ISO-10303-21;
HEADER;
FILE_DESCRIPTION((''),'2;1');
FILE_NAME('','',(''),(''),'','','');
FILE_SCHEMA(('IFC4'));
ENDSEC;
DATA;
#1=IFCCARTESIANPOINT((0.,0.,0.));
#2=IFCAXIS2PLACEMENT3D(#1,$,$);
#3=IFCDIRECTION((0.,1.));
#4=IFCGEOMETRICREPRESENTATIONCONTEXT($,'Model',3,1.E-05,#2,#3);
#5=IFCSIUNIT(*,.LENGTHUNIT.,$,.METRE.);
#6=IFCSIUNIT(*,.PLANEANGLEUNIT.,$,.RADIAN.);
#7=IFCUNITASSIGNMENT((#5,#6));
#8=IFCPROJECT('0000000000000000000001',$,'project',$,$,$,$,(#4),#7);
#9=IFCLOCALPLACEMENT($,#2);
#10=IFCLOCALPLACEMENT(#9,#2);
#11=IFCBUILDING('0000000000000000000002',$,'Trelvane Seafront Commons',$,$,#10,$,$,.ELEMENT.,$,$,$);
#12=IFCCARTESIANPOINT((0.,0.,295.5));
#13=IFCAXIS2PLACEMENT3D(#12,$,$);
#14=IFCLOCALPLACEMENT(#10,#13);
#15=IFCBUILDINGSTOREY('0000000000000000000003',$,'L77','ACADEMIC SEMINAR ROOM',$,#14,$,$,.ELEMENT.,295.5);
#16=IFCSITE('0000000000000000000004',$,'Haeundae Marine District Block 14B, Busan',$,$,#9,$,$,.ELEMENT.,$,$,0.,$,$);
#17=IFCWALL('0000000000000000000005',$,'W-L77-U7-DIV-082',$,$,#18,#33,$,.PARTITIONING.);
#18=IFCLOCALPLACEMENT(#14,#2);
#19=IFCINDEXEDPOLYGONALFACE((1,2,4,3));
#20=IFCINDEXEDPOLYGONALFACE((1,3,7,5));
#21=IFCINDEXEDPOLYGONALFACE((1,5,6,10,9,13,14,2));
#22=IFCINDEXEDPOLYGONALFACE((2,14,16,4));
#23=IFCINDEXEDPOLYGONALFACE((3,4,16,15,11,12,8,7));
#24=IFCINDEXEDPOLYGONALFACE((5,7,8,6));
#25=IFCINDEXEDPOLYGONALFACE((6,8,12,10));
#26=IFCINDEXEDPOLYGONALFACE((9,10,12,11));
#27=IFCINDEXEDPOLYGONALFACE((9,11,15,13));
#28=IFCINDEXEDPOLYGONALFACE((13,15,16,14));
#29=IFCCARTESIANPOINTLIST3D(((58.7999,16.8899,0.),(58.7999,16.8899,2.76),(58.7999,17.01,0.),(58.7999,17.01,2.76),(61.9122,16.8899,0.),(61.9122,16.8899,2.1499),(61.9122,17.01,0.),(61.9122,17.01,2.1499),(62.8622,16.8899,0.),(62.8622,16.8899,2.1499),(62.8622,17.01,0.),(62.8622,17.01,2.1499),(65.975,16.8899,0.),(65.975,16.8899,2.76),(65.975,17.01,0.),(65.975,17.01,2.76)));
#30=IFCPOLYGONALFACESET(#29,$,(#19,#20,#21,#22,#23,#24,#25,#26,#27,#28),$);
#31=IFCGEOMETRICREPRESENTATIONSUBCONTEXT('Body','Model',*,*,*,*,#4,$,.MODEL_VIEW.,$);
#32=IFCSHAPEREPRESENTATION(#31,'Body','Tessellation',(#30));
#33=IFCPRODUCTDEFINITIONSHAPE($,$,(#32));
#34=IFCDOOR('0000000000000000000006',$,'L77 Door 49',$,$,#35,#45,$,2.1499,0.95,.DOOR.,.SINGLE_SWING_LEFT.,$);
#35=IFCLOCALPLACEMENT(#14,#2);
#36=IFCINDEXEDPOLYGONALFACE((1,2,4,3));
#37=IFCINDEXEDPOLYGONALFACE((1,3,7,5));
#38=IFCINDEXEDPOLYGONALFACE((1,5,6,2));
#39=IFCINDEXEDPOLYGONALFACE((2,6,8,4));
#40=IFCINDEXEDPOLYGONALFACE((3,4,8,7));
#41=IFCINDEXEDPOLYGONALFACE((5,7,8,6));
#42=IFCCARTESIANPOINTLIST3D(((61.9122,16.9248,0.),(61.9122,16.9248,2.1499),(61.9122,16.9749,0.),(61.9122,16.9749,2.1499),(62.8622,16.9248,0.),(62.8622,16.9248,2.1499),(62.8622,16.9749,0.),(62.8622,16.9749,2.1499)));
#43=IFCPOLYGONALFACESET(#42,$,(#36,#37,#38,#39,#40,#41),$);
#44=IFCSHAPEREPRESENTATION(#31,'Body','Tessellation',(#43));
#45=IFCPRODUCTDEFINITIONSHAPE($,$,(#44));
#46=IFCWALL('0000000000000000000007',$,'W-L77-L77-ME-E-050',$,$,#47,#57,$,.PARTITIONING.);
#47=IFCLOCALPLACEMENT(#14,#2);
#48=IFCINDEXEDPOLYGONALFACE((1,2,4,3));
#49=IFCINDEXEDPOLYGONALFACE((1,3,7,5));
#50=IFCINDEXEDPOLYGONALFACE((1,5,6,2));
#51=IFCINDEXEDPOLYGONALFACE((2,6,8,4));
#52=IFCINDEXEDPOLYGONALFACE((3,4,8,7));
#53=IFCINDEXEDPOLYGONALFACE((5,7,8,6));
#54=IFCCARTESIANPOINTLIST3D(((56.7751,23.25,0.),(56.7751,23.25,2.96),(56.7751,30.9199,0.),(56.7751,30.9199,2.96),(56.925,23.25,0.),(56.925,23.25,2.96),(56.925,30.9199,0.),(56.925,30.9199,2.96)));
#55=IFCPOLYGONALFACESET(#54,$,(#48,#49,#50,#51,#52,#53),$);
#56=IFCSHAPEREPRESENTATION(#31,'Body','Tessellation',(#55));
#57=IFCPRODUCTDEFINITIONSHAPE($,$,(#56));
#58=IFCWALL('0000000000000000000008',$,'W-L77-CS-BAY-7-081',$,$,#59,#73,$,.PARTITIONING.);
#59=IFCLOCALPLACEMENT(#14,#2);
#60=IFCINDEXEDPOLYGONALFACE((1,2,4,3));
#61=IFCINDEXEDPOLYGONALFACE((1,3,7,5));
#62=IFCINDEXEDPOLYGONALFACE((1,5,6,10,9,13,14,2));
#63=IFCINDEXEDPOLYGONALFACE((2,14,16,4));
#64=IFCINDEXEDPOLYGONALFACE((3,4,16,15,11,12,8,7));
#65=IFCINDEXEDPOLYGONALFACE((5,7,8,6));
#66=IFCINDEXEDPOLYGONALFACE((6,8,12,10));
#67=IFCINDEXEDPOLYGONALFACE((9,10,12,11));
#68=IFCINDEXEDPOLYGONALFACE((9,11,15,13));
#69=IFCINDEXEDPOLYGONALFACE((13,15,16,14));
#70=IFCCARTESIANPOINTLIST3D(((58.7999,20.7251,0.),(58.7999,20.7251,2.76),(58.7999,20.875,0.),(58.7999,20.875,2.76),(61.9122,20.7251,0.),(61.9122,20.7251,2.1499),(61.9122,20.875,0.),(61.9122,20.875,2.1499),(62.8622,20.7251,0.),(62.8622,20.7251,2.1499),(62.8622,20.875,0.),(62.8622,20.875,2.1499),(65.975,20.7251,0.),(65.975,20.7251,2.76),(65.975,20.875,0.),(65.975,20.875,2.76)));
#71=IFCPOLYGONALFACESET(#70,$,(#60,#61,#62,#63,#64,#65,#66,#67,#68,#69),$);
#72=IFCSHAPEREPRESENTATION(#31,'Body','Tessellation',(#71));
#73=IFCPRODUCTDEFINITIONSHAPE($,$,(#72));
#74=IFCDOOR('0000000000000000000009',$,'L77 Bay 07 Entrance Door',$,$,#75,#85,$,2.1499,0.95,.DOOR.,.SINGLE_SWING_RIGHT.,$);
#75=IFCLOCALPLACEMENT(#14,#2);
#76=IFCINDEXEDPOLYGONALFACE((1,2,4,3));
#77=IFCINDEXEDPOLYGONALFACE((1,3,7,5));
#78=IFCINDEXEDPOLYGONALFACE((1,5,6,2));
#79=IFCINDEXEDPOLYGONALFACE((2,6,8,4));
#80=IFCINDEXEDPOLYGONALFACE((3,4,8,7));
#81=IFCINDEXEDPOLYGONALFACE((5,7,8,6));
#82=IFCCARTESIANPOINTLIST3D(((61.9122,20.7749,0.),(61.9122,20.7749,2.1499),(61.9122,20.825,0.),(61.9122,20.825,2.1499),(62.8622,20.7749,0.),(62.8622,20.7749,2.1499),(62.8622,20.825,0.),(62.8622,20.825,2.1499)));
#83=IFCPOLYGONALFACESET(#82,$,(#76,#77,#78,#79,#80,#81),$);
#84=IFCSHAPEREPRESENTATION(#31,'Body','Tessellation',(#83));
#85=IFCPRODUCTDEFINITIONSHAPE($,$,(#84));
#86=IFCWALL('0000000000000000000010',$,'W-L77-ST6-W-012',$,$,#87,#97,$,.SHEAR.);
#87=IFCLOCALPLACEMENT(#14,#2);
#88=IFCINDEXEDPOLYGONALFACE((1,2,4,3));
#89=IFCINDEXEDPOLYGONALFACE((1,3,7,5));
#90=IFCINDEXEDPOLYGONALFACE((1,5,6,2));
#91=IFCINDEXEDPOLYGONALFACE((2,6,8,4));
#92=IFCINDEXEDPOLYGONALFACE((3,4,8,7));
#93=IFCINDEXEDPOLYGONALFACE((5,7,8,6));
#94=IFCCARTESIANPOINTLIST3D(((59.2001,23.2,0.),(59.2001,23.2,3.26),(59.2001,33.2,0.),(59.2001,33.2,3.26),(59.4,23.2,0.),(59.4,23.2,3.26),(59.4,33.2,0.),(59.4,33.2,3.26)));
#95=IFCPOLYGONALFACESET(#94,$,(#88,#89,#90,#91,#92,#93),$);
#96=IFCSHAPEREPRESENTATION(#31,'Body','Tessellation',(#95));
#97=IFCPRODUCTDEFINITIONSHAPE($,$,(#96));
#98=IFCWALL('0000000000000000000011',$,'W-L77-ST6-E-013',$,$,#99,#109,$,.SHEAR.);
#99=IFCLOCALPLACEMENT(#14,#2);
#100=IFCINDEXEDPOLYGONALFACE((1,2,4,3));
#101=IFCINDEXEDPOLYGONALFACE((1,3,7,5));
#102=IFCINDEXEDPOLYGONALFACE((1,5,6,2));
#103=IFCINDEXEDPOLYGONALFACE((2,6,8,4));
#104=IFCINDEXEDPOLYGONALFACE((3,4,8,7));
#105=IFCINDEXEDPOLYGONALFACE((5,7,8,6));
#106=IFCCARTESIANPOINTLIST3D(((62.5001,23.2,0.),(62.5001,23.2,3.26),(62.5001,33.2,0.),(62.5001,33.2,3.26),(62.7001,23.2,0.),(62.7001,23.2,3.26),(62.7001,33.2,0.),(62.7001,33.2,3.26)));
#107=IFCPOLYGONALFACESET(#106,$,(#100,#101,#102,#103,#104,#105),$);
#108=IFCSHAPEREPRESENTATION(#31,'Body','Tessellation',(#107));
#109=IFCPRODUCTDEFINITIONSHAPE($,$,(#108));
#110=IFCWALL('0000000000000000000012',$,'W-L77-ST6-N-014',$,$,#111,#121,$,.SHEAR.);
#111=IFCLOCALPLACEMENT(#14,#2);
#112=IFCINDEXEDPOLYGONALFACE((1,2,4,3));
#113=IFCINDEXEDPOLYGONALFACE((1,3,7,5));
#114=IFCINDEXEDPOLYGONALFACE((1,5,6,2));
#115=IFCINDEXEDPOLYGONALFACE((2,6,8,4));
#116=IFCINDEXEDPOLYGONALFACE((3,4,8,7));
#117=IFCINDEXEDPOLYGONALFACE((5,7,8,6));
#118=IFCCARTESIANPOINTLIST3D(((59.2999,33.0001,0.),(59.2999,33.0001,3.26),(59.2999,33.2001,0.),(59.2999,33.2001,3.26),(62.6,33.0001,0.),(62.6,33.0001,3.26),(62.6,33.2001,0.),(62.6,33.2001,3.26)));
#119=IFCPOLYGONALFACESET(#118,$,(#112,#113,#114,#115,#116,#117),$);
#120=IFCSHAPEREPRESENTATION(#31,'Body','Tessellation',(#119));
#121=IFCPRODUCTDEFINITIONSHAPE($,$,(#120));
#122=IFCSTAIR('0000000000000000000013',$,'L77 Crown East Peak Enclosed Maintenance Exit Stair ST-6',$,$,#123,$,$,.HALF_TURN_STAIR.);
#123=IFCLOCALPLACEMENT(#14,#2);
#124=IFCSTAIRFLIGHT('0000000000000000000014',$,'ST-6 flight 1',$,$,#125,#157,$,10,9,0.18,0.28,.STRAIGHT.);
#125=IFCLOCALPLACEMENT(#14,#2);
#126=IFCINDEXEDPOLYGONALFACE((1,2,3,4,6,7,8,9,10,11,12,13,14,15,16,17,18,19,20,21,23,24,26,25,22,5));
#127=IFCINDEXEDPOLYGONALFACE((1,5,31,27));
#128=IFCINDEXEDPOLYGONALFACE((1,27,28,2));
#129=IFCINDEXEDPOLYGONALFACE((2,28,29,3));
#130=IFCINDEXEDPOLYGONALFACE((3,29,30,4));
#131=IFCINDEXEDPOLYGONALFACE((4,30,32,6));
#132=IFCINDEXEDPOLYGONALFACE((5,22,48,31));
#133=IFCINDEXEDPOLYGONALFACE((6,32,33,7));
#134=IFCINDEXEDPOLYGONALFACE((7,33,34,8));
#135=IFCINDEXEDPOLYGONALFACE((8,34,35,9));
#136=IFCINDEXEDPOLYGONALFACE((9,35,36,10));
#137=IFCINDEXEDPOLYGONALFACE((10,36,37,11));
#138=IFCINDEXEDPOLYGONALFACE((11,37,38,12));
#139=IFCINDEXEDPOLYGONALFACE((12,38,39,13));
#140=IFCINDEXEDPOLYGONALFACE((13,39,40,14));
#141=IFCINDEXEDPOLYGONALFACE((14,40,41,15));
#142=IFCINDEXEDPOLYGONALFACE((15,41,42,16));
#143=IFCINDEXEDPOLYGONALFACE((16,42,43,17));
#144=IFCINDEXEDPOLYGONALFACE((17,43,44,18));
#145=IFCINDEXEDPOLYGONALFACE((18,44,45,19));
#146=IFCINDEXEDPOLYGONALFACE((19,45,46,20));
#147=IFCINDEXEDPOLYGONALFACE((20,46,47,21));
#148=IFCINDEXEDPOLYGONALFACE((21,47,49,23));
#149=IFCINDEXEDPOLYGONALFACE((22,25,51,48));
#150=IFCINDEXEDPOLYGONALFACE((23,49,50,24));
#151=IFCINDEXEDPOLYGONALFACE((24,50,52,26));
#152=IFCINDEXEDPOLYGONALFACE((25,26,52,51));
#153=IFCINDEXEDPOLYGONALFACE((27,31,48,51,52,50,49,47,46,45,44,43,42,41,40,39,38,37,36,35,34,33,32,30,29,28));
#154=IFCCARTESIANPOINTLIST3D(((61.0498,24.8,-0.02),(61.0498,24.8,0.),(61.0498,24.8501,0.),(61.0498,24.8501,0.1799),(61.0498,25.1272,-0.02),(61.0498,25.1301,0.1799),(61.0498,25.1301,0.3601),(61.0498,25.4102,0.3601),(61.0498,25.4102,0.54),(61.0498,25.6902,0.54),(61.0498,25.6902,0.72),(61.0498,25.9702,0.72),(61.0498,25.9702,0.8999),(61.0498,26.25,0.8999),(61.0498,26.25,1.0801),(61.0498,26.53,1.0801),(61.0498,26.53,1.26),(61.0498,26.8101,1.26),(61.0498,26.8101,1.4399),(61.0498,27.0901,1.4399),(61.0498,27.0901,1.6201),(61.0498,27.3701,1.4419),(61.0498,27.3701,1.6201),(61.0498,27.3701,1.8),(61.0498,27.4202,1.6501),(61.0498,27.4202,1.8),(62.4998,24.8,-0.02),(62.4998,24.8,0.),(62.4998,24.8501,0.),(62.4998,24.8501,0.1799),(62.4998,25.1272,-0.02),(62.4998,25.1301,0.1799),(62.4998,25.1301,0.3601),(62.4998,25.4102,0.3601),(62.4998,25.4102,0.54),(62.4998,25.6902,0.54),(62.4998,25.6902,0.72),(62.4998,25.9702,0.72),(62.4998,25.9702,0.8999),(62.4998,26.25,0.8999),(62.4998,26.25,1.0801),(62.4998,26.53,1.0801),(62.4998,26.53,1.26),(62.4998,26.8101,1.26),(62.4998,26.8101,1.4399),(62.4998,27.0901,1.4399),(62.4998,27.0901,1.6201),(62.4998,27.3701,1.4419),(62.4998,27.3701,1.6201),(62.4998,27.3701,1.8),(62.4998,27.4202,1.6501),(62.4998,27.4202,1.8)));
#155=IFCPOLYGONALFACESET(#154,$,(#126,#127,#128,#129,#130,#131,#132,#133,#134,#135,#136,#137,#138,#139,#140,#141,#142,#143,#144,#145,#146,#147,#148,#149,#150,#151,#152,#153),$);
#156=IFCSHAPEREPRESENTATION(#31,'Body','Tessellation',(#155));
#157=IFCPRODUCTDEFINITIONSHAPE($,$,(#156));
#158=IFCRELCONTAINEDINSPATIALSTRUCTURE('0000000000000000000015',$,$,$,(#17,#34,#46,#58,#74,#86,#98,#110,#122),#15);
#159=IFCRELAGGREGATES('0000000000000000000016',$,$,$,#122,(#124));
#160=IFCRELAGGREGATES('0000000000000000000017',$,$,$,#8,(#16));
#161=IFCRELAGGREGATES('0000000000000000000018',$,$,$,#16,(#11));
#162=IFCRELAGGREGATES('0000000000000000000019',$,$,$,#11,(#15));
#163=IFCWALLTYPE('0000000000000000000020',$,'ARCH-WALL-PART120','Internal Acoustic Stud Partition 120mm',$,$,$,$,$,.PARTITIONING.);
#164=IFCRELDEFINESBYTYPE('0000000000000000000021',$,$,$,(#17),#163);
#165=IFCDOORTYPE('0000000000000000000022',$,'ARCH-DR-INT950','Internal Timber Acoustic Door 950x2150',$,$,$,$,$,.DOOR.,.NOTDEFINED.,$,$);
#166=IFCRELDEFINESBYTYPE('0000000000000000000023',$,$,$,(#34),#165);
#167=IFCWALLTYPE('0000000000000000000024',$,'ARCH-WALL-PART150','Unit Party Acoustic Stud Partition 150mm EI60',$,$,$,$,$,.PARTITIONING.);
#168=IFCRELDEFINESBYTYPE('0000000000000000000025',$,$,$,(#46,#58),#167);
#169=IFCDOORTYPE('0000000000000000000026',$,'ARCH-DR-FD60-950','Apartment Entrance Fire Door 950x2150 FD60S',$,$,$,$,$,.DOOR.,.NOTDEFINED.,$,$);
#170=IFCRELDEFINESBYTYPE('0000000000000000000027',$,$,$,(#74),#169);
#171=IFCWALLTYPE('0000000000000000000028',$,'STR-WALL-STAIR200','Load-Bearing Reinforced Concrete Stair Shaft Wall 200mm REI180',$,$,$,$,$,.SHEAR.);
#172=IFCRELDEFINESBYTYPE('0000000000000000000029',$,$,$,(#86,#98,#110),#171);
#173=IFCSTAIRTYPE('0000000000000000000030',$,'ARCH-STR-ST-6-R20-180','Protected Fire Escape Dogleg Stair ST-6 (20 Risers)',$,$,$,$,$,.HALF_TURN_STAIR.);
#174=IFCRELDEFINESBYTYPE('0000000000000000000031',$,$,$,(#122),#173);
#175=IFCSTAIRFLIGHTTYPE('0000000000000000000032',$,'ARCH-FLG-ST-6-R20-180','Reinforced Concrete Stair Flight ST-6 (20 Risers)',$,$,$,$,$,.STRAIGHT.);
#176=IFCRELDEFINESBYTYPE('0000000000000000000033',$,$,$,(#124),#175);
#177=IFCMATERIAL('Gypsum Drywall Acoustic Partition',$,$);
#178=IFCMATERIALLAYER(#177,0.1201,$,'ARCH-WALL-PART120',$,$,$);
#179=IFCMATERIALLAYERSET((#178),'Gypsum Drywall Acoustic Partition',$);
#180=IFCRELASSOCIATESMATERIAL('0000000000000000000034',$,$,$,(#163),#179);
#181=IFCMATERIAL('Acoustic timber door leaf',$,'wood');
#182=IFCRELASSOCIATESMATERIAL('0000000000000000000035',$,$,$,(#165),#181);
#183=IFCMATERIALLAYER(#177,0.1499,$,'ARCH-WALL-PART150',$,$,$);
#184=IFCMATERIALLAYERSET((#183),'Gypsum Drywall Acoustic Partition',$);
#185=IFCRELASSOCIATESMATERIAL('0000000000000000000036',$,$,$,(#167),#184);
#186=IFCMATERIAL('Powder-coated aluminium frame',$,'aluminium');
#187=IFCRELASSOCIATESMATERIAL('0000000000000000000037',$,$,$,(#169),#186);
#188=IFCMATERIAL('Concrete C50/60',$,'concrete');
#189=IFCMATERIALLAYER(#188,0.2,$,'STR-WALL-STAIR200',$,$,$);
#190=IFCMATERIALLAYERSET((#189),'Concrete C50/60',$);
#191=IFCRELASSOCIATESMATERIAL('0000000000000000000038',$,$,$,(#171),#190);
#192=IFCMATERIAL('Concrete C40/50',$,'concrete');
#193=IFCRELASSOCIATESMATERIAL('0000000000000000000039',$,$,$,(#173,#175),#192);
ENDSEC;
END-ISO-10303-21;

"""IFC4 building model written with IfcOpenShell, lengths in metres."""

from ifc_helpers import new_model, si_unit, direction, frame, frame_2d, origin, place, context, subcontext, project, spatial, polyline, rectangle, outline, extrude, source, transform, mapped, material, layer, layer_set, type_object, element, fill, aggregate, save


model = new_model("IFC4")

# Units and contexts
model_context = context("Model", 3, precision=1e-05, world=origin(), true_north=direction((0.0, 1.0)))
body_context = subcontext(model_context, "Body", "Model", "MODEL_VIEW")
ifc_project = project(units=[si_unit("LENGTHUNIT", "METRE"), si_unit("PLANEANGLEUNIT", "RADIAN")], contexts=[model_context])

# Site, building, storey
site_placement = place(None, origin())
site = spatial("IfcSite", under=ifc_project, at=site_placement, Name="Haeundae Marine District Block 14B, Busan", CompositionType="ELEMENT", RefElevation=0.0)
building_placement = place(site_placement, origin())
building = spatial("IfcBuilding", under=site, at=building_placement, Name="Trelvane Seafront Commons", CompositionType="ELEMENT")
storey_placement = place(building_placement, frame((0.0, 0.0, 295.5)))
storey = spatial("IfcBuildingStorey", under=building, at=storey_placement, Name="L77", Description="ACADEMIC SEMINAR ROOM", CompositionType="ELEMENT", Elevation=295.5)

# Shared definitions
ifc_material_1 = material(Name="Concrete C50/60", Category="concrete")

# Wall, opening, door
ifc_material_2 = material(Name="Gypsum Drywall Acoustic Partition")
ifc_layer_1 = layer(ifc_material_2, 0.1201, Name="ARCH-WALL-PART120")
ifc_layer_set_1 = layer_set([ifc_layer_1], Name="Gypsum Drywall Acoustic Partition")
wall_type_1 = type_object("IfcWallType", Name="ARCH-WALL-PART120", Description="Internal Acoustic Stud Partition 120mm", PredefinedType="PARTITIONING", material=ifc_layer_set_1)
wall_1_placement = place(storey_placement, frame((58.8, 16.95, 0.0), z_axis=(0.0, 0.0, 1.0), x_axis=(1.0, 0.0, 0.0)))
wall_1 = element("IfcWall", 1, at=wall_1_placement, inside=storey, type_object=wall_type_1, Name="W-L77-U7-DIV-082", PredefinedType="PARTITIONING", context=body_context, shape_type="SweptSolid", body=[
    extrude(rectangle(XDim=7.175, YDim=0.1201, at=frame_2d((3.5874, 0.0))), origin(), (0.0, 0.0, 1.0), 2.76),
])
opening_1_placement = place(wall_1_placement, frame((3.1121, 0.0, 0.0)))
opening_1 = element("IfcOpeningElement", 2, at=opening_1_placement, cuts=wall_1, PredefinedType="OPENING", context=body_context, shape_type="SweptSolid", body=[
    extrude(rectangle(XDim=0.95, YDim=2.1499, at=frame_2d((0.4751, 1.075))), frame((0.0, 0.0701, 0.0), z_axis=(0.0, -1.0, 0.0), x_axis=(1.0, 0.0, 0.0)), (0.0, 0.0, 1.0), 0.1401),
])
ifc_material_3 = material(Name="Acoustic timber door leaf", Category="wood")
door_type_1 = type_object("IfcDoorType", Name="ARCH-DR-INT950", Description="Internal Timber Acoustic Door 950x2150", OperationType="NOTDEFINED", PredefinedType="DOOR", material=ifc_material_3)
shared_shape_1 = source(origin(), body_context, "Body", "SweptSolid", [
    extrude(rectangle(XDim=0.95, YDim=2.1499, at=frame_2d((0.4751, 1.075))), frame((0.0, 0.0249, 0.0), z_axis=(0.0, -1.0, 0.0), x_axis=(1.0, 0.0, 0.0)), (0.0, 0.0, 1.0), 0.05),
])
door_1_placement = place(opening_1_placement, origin())
door_1 = element("IfcDoor", 3, at=door_1_placement, inside=storey, type_object=door_type_1, Name="L77 Door 49", OperationType="SINGLE_SWING_LEFT", OverallHeight=2.1499, OverallWidth=0.95, PredefinedType="DOOR", context=body_context, shape_type="MappedRepresentation", body=[
    mapped(shared_shape_1, transform((0.0, 0.0, 0.0), x_axis=(1.0, 0.0, 0.0), y_axis=(0.0, 1.0, 0.0), z_axis=(0.0, 0.0, 1.0), scale=1.0)),
])
fill(opening_1, door_1)

# Wall
ifc_layer_2 = layer(ifc_material_2, 0.1499, Name="ARCH-WALL-PART150")
ifc_layer_set_2 = layer_set([ifc_layer_2], Name="Gypsum Drywall Acoustic Partition")
wall_type_2 = type_object("IfcWallType", Name="ARCH-WALL-PART150", Description="Unit Party Acoustic Stud Partition 150mm EI60", PredefinedType="PARTITIONING", material=ifc_layer_set_2)
wall_2_placement = place(storey_placement, frame((56.8501, 23.25, 0.0), z_axis=(0.0, 0.0, 1.0), x_axis=(0.0, 1.0, 0.0)))
element("IfcWall", 4, at=wall_2_placement, inside=storey, type_object=wall_type_2, Name="W-L77-L77-ME-E-050", PredefinedType="PARTITIONING", context=body_context, shape_type="SweptSolid", body=[
    extrude(rectangle(XDim=7.6699, YDim=0.1499, at=frame_2d((3.835, 0.0))), origin(), (0.0, 0.0, 1.0), 2.96),
])

# Wall, opening, door
wall_3_placement = place(storey_placement, frame((58.8, 20.8, 0.0), z_axis=(0.0, 0.0, 1.0), x_axis=(1.0, 0.0, 0.0)))
wall_3 = element("IfcWall", 5, at=wall_3_placement, inside=storey, type_object=wall_type_2, Name="W-L77-CS-BAY-7-081", PredefinedType="PARTITIONING", context=body_context, shape_type="SweptSolid", body=[
    extrude(rectangle(XDim=7.175, YDim=0.1499, at=frame_2d((3.5874, 0.0))), origin(), (0.0, 0.0, 1.0), 2.76),
])
opening_2_placement = place(wall_3_placement, frame((3.1121, 0.0, 0.0)))
opening_2 = element("IfcOpeningElement", 6, at=opening_2_placement, cuts=wall_3, PredefinedType="OPENING", context=body_context, shape_type="SweptSolid", body=[
    extrude(rectangle(XDim=0.95, YDim=2.1499, at=frame_2d((0.4751, 1.075))), frame((0.0, 0.085, 0.0), z_axis=(0.0, -1.0, 0.0), x_axis=(1.0, 0.0, 0.0)), (0.0, 0.0, 1.0), 0.1699),
])
ifc_material_4 = material(Name="Powder-coated aluminium frame", Category="aluminium")
door_type_2 = type_object("IfcDoorType", Name="ARCH-DR-FD60-950", Description="Apartment Entrance Fire Door 950x2150 FD60S", OperationType="NOTDEFINED", PredefinedType="DOOR", material=ifc_material_4)
door_2_placement = place(opening_2_placement, origin())
door_2 = element("IfcDoor", 7, at=door_2_placement, inside=storey, type_object=door_type_2, Name="L77 Bay 07 Entrance Door", OperationType="SINGLE_SWING_RIGHT", OverallHeight=2.1499, OverallWidth=0.95, PredefinedType="DOOR", context=body_context, shape_type="MappedRepresentation", body=[
    mapped(shared_shape_1, transform((0.0, 0.0, 0.0), x_axis=(1.0, 0.0, 0.0), y_axis=(0.0, 1.0, 0.0), z_axis=(0.0, 0.0, 1.0), scale=1.0)),
])
fill(opening_2, door_2)

# Walls
ifc_layer_3 = layer(ifc_material_1, 0.2, Name="STR-WALL-STAIR200")
ifc_layer_set_3 = layer_set([ifc_layer_3], Name="Concrete C50/60")
wall_type_3 = type_object("IfcWallType", Name="STR-WALL-STAIR200", Description="Load-Bearing Reinforced Concrete Stair Shaft Wall 200mm REI180", PredefinedType="SHEAR", material=ifc_layer_set_3)
for number, where, z_axis, x_axis, name in (
    (8, (59.3, 23.2, 0.0), (0.0, 0.0, 1.0), (0.0, 1.0, 0.0), "W-L77-ST6-W-012"),
    (9, (62.6001, 23.2, 0.0), (0.0, 0.0, 1.0), (0.0, 1.0, 0.0), "W-L77-ST6-E-013"),
):
    element("IfcWall", number, at=place(storey_placement, frame(where, z_axis=z_axis, x_axis=x_axis)), inside=storey, type_object=wall_type_3, Name=name, PredefinedType="SHEAR", context=body_context, shape_type="SweptSolid", body=[
        extrude(rectangle(XDim=10.0, YDim=0.2, at=frame_2d((5.0, 0.0))), origin(), (0.0, 0.0, 1.0), 3.26),
    ])
wall_4_placement = place(storey_placement, frame((59.3, 33.1001, 0.0), z_axis=(0.0, 0.0, 1.0), x_axis=(1.0, 0.0, 0.0)))
element("IfcWall", 10, at=wall_4_placement, inside=storey, type_object=wall_type_3, Name="W-L77-ST6-N-014", PredefinedType="SHEAR", context=body_context, shape_type="SweptSolid", body=[
    extrude(rectangle(XDim=3.3, YDim=0.2, at=frame_2d((1.6499, 0.0))), origin(), (0.0, 0.0, 1.0), 3.26),
])

# Stair, stair flight
ifc_material_5 = material(Name="Concrete C40/50", Category="concrete")
stair_type = type_object("IfcStairType", Name="ARCH-STR-ST-6-R20-180", Description="Protected Fire Escape Dogleg Stair ST-6 (20 Risers)", PredefinedType="HALF_TURN_STAIR", material=ifc_material_5)
stair_placement = place(storey_placement, origin())
stair = element("IfcStair", 11, at=stair_placement, inside=storey, type_object=stair_type, Name="L77 Crown East Peak Enclosed Maintenance Exit Stair ST-6", PredefinedType="HALF_TURN_STAIR")
stair_flight_type = type_object("IfcStairFlightType", Name="ARCH-FLG-ST-6-R20-180", Description="Reinforced Concrete Stair Flight ST-6 (20 Risers)", PredefinedType="STRAIGHT", material=ifc_material_5)
shared_shape_2 = source(origin(), body_context, "Body", "SweptSolid", [
    extrude(outline(polyline([(-0.05, -0.02), (-0.05, 0.0), (0.0, 0.0), (0.0, 0.1799), (0.28, 0.1799), (0.28, 0.3601), (0.5601, 0.3601), (0.5601, 0.54), (0.8401, 0.54), (0.8401, 0.72), (1.1201, 0.72), (1.1201, 0.8999), (1.3999, 0.8999), (1.3999, 1.0801), (1.6799, 1.0801), (1.6799, 1.26), (1.96, 1.26), (1.96, 1.4399), (2.24, 1.4399), (2.24, 1.6201), (2.52, 1.6201), (2.52, 1.8), (2.5701, 1.8), (2.5701, 1.6501), (2.52, 1.4419), (0.2771, -0.02), (-0.05, -0.02)])), frame((0.0, 0.7251, 0.0), z_axis=(0.0, -1.0, 0.0), x_axis=(1.0, 0.0, 0.0)), (0.0, 0.0, 1.0), 1.45),
])
stair_flight_1_placement = place(storey_placement, frame((61.7749, 24.8501, 0.0), z_axis=(0.0, 0.0, 1.0), x_axis=(0.0, 1.0, 0.0)))
stair_flight_1 = element("IfcStairFlight", 12, at=stair_flight_1_placement, type_object=stair_flight_type, Name="ST-6 flight 1", NumberOfRisers=10, NumberOfTreads=9, PredefinedType="STRAIGHT", RiserHeight=0.18, TreadLength=0.28, context=body_context, shape_type="MappedRepresentation", body=[
    mapped(shared_shape_2, transform((0.0, 0.0, 0.0), x_axis=(1.0, 0.0, 0.0), y_axis=(0.0, 1.0, 0.0), z_axis=(0.0, 0.0, 1.0), scale=1.0)),
])
aggregate(stair, [stair_flight_1])

save(model, "model.ifc")
